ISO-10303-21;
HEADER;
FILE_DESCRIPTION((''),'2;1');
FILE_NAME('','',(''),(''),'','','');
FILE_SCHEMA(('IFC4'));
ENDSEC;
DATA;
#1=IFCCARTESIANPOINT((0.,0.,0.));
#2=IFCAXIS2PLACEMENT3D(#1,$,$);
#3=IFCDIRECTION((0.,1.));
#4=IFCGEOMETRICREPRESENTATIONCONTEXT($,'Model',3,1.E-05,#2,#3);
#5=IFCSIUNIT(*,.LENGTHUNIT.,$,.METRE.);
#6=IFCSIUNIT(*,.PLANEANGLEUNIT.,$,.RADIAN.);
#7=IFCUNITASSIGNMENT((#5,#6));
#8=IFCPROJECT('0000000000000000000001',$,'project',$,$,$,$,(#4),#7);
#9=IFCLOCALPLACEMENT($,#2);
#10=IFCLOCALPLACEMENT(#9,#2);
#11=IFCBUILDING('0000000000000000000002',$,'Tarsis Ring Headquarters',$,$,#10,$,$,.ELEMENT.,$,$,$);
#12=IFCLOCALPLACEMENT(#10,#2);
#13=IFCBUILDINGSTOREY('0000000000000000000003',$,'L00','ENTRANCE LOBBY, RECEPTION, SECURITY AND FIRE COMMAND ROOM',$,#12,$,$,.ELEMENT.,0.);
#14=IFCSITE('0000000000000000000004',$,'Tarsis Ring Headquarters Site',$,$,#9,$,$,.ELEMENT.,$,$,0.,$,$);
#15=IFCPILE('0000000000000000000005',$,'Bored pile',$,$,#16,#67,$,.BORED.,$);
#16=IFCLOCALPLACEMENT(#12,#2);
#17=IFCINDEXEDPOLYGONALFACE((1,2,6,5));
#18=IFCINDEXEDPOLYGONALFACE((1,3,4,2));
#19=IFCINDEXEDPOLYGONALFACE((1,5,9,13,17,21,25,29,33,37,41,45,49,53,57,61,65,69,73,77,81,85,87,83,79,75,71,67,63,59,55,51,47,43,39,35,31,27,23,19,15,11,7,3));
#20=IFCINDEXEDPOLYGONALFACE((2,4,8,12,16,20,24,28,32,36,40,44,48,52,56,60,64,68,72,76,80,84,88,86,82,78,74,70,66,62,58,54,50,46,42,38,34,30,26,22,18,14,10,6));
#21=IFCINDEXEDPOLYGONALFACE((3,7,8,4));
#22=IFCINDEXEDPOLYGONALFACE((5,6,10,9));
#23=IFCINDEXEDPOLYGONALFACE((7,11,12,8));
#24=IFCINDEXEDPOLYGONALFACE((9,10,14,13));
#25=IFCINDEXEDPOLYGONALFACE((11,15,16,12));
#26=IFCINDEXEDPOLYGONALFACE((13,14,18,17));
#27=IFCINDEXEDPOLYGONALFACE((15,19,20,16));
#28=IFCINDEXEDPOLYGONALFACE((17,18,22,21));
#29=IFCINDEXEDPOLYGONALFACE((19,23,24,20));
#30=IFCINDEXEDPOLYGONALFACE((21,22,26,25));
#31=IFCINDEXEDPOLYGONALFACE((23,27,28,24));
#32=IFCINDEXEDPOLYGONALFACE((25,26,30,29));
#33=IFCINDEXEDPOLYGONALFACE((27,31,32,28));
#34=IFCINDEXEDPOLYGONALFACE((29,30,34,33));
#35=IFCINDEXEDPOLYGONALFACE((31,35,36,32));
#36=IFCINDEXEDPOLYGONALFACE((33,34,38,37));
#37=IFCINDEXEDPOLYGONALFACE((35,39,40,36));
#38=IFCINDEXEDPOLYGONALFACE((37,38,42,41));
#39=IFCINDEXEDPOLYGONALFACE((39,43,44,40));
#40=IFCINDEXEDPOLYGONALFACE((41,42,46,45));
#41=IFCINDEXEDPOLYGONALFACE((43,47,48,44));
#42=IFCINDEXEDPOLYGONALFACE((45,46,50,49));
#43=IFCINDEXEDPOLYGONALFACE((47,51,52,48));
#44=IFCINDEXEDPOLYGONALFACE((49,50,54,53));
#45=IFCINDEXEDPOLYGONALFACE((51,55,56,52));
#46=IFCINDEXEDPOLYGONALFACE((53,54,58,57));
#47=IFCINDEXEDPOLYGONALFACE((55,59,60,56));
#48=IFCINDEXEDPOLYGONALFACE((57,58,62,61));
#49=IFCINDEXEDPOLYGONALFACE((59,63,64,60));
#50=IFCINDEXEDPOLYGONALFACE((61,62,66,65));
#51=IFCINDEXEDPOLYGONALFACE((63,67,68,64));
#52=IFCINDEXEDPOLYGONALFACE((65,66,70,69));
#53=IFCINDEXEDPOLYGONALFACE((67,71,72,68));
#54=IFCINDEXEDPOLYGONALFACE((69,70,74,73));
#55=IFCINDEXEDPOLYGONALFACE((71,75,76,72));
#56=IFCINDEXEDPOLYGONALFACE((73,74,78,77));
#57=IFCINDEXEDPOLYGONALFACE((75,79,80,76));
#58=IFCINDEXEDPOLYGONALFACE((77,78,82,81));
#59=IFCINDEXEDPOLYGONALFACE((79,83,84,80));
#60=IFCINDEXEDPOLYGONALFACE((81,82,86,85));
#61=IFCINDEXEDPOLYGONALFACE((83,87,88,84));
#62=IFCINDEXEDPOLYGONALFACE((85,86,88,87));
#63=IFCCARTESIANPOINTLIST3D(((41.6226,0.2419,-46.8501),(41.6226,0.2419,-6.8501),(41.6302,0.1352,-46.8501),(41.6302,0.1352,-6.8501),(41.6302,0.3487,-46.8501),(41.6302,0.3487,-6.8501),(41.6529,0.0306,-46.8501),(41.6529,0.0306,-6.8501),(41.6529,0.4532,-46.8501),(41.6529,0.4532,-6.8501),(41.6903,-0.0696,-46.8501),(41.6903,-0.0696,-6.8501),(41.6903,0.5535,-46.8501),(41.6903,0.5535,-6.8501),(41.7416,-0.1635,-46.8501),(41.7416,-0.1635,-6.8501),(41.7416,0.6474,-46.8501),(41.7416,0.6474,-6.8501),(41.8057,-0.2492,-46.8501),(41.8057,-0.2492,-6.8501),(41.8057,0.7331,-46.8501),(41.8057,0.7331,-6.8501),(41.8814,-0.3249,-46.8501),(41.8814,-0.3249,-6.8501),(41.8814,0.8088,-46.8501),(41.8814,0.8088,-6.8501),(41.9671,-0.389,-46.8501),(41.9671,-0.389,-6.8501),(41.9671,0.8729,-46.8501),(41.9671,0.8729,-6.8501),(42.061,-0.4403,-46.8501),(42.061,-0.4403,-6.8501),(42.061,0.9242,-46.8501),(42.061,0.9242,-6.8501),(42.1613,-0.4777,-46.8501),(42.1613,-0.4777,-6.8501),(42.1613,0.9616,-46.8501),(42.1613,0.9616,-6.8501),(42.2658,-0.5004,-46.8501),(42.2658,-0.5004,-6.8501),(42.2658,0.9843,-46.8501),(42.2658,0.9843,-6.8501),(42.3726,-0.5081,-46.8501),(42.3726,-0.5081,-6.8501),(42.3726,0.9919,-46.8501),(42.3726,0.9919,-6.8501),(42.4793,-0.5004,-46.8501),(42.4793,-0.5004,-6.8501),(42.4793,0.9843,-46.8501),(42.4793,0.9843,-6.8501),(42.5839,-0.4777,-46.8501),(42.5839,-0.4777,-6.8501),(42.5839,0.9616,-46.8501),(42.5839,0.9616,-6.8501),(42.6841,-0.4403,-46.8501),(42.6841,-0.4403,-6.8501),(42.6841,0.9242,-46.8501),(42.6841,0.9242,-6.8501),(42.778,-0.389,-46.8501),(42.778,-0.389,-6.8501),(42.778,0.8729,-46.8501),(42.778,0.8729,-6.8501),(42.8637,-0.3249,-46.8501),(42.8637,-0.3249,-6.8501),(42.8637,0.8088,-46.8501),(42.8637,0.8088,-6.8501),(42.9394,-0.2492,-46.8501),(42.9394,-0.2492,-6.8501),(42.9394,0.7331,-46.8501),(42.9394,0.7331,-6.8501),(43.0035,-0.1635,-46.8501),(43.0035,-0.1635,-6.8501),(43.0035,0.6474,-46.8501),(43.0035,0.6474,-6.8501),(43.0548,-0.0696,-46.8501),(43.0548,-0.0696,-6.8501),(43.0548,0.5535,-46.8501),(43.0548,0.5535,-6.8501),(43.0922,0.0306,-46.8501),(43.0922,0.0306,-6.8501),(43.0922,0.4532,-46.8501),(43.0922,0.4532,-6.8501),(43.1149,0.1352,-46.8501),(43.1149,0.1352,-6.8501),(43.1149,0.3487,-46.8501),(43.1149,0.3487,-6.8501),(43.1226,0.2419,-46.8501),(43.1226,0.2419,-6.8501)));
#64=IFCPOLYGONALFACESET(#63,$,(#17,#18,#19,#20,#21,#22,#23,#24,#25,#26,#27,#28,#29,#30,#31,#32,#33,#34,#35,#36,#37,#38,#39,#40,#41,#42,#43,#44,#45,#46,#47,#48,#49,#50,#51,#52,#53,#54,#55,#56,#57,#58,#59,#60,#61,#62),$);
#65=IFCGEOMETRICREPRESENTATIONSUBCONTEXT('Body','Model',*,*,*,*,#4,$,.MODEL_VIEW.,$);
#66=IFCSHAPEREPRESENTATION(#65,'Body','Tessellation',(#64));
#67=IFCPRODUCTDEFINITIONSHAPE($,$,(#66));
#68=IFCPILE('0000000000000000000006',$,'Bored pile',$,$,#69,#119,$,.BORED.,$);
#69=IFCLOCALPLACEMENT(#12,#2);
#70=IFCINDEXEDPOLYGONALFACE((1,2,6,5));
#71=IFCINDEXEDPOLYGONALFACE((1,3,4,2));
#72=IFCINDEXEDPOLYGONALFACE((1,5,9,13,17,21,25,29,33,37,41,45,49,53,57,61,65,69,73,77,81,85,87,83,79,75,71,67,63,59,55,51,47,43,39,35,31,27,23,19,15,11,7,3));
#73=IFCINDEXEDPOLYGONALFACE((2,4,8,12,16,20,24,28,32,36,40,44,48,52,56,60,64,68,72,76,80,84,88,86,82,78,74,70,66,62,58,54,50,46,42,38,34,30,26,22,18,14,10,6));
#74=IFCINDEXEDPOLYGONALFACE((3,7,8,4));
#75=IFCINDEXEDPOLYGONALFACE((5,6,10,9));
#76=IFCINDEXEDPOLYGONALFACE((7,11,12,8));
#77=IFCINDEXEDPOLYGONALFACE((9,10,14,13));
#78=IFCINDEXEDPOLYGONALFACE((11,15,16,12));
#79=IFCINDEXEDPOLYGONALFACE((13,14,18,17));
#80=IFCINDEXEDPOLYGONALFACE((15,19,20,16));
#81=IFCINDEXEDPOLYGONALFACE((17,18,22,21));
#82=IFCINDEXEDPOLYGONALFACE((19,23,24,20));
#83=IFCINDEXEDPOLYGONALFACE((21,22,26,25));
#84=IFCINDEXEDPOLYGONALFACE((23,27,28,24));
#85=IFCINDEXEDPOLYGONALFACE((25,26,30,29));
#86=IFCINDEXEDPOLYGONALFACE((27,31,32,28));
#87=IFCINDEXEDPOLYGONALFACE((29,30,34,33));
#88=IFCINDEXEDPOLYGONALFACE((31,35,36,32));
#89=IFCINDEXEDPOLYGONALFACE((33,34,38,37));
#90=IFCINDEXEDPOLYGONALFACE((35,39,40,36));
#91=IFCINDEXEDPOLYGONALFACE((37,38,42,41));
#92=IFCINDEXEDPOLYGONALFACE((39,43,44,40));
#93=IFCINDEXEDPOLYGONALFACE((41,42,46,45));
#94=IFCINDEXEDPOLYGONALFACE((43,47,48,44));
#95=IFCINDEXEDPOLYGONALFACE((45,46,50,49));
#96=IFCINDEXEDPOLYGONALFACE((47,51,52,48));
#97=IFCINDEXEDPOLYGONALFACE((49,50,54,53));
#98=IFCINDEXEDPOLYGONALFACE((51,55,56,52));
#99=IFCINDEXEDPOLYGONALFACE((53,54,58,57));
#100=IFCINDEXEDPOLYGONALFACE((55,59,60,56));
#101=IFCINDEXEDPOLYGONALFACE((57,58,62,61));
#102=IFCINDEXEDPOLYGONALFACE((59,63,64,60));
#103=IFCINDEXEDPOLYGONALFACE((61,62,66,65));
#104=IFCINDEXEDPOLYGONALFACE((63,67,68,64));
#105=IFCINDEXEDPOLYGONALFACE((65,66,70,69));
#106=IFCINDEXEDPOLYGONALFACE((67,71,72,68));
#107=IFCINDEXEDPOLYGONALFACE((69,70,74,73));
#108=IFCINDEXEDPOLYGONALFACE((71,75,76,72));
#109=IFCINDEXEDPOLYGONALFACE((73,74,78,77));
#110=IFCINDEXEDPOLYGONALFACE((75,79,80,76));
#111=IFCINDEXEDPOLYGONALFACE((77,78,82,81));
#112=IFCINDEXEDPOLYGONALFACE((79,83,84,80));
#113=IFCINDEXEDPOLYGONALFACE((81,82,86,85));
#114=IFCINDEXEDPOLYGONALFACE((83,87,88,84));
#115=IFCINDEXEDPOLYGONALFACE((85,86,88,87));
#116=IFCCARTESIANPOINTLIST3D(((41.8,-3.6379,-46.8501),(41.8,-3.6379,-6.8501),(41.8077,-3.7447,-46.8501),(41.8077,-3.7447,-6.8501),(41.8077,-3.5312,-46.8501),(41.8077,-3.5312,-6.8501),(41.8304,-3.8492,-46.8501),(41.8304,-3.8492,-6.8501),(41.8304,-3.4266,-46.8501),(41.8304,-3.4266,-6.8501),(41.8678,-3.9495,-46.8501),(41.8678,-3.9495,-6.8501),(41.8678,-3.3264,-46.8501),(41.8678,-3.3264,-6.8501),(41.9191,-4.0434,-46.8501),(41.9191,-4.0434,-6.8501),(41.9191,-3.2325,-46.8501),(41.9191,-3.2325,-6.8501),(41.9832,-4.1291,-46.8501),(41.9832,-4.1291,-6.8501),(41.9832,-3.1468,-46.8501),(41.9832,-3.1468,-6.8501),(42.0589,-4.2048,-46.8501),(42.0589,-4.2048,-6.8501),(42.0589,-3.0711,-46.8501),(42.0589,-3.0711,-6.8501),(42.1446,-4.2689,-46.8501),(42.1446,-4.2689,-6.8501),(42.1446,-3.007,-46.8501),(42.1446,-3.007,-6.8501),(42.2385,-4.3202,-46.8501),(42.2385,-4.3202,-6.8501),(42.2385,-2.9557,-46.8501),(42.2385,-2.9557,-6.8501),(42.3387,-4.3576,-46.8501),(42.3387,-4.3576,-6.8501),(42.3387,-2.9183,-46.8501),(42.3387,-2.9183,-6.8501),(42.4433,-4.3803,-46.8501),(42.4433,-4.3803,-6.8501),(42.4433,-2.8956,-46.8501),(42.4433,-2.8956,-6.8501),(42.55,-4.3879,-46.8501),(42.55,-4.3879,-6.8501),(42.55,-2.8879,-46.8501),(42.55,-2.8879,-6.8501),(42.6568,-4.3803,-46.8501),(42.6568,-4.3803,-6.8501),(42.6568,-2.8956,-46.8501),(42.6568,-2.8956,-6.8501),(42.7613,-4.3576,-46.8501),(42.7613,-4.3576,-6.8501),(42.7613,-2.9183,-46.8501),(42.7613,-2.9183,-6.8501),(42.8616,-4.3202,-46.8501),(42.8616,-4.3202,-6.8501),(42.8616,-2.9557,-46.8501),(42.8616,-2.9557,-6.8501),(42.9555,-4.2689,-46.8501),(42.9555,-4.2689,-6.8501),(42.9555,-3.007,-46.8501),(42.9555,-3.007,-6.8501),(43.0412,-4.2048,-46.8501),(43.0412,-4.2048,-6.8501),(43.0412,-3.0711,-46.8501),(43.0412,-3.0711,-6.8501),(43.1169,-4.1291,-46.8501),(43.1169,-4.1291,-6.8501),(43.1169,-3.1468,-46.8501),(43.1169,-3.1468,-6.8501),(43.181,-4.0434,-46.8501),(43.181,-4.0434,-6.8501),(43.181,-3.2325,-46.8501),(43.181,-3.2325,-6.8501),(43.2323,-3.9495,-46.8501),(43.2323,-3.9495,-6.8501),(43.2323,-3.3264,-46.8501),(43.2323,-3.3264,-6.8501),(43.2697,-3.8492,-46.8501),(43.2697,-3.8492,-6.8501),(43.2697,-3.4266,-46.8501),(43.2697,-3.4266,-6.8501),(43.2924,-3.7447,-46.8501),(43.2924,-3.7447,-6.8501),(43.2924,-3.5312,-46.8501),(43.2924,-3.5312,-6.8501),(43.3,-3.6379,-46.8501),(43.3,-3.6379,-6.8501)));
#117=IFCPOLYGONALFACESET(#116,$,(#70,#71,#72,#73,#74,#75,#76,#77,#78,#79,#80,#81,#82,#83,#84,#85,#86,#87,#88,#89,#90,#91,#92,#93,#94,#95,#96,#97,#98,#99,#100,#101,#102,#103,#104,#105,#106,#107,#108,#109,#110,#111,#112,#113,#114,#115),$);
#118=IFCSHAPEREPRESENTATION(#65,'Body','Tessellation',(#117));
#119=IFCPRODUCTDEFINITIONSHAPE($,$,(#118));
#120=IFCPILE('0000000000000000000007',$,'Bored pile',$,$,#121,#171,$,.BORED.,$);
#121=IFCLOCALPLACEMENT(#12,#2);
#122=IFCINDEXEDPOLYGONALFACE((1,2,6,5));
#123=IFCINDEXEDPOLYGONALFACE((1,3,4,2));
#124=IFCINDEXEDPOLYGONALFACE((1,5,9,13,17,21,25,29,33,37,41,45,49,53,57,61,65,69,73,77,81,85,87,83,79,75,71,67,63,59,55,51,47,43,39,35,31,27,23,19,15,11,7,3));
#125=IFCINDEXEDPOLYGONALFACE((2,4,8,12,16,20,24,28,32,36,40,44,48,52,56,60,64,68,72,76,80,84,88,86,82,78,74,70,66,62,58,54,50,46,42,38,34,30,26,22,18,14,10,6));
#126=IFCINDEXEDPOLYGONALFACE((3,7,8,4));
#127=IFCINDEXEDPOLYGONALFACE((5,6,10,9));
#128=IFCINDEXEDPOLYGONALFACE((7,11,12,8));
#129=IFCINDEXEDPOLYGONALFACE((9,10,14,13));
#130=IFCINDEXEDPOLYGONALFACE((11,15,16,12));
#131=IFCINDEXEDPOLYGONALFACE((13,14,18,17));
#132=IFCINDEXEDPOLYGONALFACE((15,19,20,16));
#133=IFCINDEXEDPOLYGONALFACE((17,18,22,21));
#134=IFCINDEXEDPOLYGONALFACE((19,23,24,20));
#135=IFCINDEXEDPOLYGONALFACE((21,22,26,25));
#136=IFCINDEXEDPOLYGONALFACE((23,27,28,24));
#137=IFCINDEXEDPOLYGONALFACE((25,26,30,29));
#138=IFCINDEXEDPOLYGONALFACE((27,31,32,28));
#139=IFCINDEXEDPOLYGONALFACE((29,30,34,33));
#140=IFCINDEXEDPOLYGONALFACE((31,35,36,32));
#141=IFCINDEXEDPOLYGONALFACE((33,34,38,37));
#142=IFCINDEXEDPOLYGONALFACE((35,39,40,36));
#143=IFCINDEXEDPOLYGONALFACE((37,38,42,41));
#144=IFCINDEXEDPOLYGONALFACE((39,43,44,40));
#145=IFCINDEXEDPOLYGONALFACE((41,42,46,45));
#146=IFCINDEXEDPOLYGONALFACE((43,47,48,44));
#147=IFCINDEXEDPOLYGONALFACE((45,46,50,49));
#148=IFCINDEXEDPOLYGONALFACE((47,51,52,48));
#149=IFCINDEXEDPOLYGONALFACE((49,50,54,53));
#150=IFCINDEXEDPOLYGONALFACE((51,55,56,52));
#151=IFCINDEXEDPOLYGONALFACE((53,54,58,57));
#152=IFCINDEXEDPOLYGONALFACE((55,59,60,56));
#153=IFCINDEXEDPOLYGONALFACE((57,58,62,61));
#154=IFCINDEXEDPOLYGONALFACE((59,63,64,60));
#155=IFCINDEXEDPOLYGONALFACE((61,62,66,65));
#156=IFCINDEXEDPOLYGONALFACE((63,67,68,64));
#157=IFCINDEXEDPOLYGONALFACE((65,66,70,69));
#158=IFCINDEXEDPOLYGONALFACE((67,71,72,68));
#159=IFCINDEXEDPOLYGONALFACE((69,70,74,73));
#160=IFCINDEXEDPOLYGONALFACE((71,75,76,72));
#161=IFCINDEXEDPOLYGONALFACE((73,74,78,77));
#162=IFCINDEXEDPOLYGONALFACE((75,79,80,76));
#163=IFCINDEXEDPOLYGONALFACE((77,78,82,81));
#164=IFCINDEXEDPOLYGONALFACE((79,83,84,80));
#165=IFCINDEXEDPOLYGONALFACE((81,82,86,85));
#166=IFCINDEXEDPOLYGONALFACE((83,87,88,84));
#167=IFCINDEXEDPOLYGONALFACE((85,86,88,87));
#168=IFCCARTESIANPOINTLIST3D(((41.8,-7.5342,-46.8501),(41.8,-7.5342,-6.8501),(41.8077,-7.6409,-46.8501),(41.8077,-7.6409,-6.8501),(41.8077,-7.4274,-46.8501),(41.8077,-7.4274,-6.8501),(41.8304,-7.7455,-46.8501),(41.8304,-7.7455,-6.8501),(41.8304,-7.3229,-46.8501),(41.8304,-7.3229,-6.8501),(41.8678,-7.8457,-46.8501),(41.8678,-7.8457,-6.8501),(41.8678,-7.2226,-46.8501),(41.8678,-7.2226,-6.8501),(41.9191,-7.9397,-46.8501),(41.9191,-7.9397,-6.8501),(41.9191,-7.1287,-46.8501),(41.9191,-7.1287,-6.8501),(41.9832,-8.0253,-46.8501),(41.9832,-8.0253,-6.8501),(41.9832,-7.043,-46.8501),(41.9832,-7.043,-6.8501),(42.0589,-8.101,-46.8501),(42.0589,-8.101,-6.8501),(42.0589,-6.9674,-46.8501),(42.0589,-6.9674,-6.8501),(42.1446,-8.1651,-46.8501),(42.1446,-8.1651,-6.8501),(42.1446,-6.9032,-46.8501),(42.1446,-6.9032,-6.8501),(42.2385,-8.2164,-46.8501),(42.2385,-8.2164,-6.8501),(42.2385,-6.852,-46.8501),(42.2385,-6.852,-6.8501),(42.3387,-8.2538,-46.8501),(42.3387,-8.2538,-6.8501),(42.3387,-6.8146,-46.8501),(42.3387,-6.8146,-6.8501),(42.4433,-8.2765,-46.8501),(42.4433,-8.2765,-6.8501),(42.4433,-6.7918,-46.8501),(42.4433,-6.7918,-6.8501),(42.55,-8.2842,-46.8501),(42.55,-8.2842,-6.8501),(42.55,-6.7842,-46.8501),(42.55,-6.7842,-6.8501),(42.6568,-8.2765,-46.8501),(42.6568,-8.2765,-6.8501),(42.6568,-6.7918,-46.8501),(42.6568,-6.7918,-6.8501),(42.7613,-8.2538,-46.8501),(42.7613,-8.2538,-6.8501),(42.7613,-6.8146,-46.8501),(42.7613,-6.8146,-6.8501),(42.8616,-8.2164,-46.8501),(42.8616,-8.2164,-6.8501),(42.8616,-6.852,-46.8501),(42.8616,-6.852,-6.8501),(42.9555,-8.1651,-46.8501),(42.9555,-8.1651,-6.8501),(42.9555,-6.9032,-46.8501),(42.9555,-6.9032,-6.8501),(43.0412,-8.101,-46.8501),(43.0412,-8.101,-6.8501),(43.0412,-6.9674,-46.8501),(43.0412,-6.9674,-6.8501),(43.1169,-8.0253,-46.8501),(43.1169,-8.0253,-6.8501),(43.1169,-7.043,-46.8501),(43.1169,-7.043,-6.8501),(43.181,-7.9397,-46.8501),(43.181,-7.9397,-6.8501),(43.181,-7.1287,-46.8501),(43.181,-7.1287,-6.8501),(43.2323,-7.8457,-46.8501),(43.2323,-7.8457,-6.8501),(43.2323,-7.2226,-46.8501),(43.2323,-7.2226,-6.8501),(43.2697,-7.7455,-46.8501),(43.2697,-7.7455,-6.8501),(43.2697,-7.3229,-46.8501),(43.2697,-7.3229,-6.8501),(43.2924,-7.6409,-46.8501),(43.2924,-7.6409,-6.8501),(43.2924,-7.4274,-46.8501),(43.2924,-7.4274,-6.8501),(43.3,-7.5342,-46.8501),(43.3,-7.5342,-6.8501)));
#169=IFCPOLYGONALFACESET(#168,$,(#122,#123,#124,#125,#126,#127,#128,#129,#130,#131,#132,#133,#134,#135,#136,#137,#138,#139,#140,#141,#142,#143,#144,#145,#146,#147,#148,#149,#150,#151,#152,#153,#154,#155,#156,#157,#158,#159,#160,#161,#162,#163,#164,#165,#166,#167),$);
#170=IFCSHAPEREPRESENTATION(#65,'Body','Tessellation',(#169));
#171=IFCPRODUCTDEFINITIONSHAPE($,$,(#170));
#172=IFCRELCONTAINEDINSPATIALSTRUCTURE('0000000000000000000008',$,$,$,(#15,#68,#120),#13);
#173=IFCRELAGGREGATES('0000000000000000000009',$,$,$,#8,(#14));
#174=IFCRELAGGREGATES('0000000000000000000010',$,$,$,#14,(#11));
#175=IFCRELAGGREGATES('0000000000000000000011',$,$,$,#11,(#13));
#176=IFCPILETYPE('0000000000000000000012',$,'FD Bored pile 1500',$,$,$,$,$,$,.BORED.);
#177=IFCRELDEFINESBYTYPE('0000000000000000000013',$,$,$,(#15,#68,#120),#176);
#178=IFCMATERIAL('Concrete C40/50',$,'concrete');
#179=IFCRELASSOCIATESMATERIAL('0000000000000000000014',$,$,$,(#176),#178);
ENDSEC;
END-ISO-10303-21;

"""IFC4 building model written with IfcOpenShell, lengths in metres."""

from ifc_helpers import new_model, si_unit, direction, frame, origin, origin_2d, place, context, subcontext, project, spatial, circle, extrude, material, material_profile, profile_set, type_object, element, save


model = new_model("IFC4")

# Units and contexts
model_context = context("Model", 3, precision=1e-05, world=origin(), true_north=direction((0.0, 1.0)))
body_context = subcontext(model_context, "Body", "Model", "MODEL_VIEW")
ifc_project = project(units=[si_unit("LENGTHUNIT", "METRE"), si_unit("PLANEANGLEUNIT", "RADIAN")], contexts=[model_context])

# Site, building, storey
site_placement = place(None, origin())
site = spatial("IfcSite", under=ifc_project, at=site_placement, Name="Tarsis Ring Headquarters Site", CompositionType="ELEMENT", RefElevation=0.0)
building_placement = place(site_placement, origin())
building = spatial("IfcBuilding", under=site, at=building_placement, Name="Tarsis Ring Headquarters", CompositionType="ELEMENT")
storey_placement = place(building_placement, origin())
storey = spatial("IfcBuildingStorey", under=building, at=storey_placement, Name="L00", Description="ENTRANCE LOBBY, RECEPTION, SECURITY AND FIRE COMMAND ROOM", CompositionType="ELEMENT", Elevation=0.0)

# Piles
ifc_material_1 = material(Name="Concrete C40/50", Category="concrete")
ifc_material_profile_1 = material_profile(ifc_material_1, circle(Radius=0.75, at=origin_2d()), Name="BORED 1500")
ifc_profile_set_1 = profile_set([ifc_material_profile_1], Name="Concrete C40/50")
pile_type = type_object("IfcPileType", Name="FD Bored pile 1500", PredefinedType="BORED", material=ifc_profile_set_1)
for number, where, z_axis, x_axis, name in (
    (1, (42.3726, 0.2419, -6.8501), (0.0, 0.0, -1.0), (1.0, 0.0, 0.0), "Bored pile"),
    (2, (42.55, -3.6379, -6.8501), (0.0, 0.0, -1.0), (1.0, 0.0, 0.0), "Bored pile"),
    (3, (42.55, -7.5342, -6.8501), (0.0, 0.0, -1.0), (1.0, 0.0, 0.0), "Bored pile"),
):
    element("IfcPile", number, at=place(storey_placement, frame(where, z_axis=z_axis, x_axis=x_axis)), inside=storey, type_object=pile_type, Name=name, PredefinedType="BORED", context=body_context, shape_type="SweptSolid", body=[
        extrude(circle(Radius=0.75, at=origin_2d()), origin(), (0.0, 0.0, 1.0), 40.0),
    ])

save(model, "model.ifc")
